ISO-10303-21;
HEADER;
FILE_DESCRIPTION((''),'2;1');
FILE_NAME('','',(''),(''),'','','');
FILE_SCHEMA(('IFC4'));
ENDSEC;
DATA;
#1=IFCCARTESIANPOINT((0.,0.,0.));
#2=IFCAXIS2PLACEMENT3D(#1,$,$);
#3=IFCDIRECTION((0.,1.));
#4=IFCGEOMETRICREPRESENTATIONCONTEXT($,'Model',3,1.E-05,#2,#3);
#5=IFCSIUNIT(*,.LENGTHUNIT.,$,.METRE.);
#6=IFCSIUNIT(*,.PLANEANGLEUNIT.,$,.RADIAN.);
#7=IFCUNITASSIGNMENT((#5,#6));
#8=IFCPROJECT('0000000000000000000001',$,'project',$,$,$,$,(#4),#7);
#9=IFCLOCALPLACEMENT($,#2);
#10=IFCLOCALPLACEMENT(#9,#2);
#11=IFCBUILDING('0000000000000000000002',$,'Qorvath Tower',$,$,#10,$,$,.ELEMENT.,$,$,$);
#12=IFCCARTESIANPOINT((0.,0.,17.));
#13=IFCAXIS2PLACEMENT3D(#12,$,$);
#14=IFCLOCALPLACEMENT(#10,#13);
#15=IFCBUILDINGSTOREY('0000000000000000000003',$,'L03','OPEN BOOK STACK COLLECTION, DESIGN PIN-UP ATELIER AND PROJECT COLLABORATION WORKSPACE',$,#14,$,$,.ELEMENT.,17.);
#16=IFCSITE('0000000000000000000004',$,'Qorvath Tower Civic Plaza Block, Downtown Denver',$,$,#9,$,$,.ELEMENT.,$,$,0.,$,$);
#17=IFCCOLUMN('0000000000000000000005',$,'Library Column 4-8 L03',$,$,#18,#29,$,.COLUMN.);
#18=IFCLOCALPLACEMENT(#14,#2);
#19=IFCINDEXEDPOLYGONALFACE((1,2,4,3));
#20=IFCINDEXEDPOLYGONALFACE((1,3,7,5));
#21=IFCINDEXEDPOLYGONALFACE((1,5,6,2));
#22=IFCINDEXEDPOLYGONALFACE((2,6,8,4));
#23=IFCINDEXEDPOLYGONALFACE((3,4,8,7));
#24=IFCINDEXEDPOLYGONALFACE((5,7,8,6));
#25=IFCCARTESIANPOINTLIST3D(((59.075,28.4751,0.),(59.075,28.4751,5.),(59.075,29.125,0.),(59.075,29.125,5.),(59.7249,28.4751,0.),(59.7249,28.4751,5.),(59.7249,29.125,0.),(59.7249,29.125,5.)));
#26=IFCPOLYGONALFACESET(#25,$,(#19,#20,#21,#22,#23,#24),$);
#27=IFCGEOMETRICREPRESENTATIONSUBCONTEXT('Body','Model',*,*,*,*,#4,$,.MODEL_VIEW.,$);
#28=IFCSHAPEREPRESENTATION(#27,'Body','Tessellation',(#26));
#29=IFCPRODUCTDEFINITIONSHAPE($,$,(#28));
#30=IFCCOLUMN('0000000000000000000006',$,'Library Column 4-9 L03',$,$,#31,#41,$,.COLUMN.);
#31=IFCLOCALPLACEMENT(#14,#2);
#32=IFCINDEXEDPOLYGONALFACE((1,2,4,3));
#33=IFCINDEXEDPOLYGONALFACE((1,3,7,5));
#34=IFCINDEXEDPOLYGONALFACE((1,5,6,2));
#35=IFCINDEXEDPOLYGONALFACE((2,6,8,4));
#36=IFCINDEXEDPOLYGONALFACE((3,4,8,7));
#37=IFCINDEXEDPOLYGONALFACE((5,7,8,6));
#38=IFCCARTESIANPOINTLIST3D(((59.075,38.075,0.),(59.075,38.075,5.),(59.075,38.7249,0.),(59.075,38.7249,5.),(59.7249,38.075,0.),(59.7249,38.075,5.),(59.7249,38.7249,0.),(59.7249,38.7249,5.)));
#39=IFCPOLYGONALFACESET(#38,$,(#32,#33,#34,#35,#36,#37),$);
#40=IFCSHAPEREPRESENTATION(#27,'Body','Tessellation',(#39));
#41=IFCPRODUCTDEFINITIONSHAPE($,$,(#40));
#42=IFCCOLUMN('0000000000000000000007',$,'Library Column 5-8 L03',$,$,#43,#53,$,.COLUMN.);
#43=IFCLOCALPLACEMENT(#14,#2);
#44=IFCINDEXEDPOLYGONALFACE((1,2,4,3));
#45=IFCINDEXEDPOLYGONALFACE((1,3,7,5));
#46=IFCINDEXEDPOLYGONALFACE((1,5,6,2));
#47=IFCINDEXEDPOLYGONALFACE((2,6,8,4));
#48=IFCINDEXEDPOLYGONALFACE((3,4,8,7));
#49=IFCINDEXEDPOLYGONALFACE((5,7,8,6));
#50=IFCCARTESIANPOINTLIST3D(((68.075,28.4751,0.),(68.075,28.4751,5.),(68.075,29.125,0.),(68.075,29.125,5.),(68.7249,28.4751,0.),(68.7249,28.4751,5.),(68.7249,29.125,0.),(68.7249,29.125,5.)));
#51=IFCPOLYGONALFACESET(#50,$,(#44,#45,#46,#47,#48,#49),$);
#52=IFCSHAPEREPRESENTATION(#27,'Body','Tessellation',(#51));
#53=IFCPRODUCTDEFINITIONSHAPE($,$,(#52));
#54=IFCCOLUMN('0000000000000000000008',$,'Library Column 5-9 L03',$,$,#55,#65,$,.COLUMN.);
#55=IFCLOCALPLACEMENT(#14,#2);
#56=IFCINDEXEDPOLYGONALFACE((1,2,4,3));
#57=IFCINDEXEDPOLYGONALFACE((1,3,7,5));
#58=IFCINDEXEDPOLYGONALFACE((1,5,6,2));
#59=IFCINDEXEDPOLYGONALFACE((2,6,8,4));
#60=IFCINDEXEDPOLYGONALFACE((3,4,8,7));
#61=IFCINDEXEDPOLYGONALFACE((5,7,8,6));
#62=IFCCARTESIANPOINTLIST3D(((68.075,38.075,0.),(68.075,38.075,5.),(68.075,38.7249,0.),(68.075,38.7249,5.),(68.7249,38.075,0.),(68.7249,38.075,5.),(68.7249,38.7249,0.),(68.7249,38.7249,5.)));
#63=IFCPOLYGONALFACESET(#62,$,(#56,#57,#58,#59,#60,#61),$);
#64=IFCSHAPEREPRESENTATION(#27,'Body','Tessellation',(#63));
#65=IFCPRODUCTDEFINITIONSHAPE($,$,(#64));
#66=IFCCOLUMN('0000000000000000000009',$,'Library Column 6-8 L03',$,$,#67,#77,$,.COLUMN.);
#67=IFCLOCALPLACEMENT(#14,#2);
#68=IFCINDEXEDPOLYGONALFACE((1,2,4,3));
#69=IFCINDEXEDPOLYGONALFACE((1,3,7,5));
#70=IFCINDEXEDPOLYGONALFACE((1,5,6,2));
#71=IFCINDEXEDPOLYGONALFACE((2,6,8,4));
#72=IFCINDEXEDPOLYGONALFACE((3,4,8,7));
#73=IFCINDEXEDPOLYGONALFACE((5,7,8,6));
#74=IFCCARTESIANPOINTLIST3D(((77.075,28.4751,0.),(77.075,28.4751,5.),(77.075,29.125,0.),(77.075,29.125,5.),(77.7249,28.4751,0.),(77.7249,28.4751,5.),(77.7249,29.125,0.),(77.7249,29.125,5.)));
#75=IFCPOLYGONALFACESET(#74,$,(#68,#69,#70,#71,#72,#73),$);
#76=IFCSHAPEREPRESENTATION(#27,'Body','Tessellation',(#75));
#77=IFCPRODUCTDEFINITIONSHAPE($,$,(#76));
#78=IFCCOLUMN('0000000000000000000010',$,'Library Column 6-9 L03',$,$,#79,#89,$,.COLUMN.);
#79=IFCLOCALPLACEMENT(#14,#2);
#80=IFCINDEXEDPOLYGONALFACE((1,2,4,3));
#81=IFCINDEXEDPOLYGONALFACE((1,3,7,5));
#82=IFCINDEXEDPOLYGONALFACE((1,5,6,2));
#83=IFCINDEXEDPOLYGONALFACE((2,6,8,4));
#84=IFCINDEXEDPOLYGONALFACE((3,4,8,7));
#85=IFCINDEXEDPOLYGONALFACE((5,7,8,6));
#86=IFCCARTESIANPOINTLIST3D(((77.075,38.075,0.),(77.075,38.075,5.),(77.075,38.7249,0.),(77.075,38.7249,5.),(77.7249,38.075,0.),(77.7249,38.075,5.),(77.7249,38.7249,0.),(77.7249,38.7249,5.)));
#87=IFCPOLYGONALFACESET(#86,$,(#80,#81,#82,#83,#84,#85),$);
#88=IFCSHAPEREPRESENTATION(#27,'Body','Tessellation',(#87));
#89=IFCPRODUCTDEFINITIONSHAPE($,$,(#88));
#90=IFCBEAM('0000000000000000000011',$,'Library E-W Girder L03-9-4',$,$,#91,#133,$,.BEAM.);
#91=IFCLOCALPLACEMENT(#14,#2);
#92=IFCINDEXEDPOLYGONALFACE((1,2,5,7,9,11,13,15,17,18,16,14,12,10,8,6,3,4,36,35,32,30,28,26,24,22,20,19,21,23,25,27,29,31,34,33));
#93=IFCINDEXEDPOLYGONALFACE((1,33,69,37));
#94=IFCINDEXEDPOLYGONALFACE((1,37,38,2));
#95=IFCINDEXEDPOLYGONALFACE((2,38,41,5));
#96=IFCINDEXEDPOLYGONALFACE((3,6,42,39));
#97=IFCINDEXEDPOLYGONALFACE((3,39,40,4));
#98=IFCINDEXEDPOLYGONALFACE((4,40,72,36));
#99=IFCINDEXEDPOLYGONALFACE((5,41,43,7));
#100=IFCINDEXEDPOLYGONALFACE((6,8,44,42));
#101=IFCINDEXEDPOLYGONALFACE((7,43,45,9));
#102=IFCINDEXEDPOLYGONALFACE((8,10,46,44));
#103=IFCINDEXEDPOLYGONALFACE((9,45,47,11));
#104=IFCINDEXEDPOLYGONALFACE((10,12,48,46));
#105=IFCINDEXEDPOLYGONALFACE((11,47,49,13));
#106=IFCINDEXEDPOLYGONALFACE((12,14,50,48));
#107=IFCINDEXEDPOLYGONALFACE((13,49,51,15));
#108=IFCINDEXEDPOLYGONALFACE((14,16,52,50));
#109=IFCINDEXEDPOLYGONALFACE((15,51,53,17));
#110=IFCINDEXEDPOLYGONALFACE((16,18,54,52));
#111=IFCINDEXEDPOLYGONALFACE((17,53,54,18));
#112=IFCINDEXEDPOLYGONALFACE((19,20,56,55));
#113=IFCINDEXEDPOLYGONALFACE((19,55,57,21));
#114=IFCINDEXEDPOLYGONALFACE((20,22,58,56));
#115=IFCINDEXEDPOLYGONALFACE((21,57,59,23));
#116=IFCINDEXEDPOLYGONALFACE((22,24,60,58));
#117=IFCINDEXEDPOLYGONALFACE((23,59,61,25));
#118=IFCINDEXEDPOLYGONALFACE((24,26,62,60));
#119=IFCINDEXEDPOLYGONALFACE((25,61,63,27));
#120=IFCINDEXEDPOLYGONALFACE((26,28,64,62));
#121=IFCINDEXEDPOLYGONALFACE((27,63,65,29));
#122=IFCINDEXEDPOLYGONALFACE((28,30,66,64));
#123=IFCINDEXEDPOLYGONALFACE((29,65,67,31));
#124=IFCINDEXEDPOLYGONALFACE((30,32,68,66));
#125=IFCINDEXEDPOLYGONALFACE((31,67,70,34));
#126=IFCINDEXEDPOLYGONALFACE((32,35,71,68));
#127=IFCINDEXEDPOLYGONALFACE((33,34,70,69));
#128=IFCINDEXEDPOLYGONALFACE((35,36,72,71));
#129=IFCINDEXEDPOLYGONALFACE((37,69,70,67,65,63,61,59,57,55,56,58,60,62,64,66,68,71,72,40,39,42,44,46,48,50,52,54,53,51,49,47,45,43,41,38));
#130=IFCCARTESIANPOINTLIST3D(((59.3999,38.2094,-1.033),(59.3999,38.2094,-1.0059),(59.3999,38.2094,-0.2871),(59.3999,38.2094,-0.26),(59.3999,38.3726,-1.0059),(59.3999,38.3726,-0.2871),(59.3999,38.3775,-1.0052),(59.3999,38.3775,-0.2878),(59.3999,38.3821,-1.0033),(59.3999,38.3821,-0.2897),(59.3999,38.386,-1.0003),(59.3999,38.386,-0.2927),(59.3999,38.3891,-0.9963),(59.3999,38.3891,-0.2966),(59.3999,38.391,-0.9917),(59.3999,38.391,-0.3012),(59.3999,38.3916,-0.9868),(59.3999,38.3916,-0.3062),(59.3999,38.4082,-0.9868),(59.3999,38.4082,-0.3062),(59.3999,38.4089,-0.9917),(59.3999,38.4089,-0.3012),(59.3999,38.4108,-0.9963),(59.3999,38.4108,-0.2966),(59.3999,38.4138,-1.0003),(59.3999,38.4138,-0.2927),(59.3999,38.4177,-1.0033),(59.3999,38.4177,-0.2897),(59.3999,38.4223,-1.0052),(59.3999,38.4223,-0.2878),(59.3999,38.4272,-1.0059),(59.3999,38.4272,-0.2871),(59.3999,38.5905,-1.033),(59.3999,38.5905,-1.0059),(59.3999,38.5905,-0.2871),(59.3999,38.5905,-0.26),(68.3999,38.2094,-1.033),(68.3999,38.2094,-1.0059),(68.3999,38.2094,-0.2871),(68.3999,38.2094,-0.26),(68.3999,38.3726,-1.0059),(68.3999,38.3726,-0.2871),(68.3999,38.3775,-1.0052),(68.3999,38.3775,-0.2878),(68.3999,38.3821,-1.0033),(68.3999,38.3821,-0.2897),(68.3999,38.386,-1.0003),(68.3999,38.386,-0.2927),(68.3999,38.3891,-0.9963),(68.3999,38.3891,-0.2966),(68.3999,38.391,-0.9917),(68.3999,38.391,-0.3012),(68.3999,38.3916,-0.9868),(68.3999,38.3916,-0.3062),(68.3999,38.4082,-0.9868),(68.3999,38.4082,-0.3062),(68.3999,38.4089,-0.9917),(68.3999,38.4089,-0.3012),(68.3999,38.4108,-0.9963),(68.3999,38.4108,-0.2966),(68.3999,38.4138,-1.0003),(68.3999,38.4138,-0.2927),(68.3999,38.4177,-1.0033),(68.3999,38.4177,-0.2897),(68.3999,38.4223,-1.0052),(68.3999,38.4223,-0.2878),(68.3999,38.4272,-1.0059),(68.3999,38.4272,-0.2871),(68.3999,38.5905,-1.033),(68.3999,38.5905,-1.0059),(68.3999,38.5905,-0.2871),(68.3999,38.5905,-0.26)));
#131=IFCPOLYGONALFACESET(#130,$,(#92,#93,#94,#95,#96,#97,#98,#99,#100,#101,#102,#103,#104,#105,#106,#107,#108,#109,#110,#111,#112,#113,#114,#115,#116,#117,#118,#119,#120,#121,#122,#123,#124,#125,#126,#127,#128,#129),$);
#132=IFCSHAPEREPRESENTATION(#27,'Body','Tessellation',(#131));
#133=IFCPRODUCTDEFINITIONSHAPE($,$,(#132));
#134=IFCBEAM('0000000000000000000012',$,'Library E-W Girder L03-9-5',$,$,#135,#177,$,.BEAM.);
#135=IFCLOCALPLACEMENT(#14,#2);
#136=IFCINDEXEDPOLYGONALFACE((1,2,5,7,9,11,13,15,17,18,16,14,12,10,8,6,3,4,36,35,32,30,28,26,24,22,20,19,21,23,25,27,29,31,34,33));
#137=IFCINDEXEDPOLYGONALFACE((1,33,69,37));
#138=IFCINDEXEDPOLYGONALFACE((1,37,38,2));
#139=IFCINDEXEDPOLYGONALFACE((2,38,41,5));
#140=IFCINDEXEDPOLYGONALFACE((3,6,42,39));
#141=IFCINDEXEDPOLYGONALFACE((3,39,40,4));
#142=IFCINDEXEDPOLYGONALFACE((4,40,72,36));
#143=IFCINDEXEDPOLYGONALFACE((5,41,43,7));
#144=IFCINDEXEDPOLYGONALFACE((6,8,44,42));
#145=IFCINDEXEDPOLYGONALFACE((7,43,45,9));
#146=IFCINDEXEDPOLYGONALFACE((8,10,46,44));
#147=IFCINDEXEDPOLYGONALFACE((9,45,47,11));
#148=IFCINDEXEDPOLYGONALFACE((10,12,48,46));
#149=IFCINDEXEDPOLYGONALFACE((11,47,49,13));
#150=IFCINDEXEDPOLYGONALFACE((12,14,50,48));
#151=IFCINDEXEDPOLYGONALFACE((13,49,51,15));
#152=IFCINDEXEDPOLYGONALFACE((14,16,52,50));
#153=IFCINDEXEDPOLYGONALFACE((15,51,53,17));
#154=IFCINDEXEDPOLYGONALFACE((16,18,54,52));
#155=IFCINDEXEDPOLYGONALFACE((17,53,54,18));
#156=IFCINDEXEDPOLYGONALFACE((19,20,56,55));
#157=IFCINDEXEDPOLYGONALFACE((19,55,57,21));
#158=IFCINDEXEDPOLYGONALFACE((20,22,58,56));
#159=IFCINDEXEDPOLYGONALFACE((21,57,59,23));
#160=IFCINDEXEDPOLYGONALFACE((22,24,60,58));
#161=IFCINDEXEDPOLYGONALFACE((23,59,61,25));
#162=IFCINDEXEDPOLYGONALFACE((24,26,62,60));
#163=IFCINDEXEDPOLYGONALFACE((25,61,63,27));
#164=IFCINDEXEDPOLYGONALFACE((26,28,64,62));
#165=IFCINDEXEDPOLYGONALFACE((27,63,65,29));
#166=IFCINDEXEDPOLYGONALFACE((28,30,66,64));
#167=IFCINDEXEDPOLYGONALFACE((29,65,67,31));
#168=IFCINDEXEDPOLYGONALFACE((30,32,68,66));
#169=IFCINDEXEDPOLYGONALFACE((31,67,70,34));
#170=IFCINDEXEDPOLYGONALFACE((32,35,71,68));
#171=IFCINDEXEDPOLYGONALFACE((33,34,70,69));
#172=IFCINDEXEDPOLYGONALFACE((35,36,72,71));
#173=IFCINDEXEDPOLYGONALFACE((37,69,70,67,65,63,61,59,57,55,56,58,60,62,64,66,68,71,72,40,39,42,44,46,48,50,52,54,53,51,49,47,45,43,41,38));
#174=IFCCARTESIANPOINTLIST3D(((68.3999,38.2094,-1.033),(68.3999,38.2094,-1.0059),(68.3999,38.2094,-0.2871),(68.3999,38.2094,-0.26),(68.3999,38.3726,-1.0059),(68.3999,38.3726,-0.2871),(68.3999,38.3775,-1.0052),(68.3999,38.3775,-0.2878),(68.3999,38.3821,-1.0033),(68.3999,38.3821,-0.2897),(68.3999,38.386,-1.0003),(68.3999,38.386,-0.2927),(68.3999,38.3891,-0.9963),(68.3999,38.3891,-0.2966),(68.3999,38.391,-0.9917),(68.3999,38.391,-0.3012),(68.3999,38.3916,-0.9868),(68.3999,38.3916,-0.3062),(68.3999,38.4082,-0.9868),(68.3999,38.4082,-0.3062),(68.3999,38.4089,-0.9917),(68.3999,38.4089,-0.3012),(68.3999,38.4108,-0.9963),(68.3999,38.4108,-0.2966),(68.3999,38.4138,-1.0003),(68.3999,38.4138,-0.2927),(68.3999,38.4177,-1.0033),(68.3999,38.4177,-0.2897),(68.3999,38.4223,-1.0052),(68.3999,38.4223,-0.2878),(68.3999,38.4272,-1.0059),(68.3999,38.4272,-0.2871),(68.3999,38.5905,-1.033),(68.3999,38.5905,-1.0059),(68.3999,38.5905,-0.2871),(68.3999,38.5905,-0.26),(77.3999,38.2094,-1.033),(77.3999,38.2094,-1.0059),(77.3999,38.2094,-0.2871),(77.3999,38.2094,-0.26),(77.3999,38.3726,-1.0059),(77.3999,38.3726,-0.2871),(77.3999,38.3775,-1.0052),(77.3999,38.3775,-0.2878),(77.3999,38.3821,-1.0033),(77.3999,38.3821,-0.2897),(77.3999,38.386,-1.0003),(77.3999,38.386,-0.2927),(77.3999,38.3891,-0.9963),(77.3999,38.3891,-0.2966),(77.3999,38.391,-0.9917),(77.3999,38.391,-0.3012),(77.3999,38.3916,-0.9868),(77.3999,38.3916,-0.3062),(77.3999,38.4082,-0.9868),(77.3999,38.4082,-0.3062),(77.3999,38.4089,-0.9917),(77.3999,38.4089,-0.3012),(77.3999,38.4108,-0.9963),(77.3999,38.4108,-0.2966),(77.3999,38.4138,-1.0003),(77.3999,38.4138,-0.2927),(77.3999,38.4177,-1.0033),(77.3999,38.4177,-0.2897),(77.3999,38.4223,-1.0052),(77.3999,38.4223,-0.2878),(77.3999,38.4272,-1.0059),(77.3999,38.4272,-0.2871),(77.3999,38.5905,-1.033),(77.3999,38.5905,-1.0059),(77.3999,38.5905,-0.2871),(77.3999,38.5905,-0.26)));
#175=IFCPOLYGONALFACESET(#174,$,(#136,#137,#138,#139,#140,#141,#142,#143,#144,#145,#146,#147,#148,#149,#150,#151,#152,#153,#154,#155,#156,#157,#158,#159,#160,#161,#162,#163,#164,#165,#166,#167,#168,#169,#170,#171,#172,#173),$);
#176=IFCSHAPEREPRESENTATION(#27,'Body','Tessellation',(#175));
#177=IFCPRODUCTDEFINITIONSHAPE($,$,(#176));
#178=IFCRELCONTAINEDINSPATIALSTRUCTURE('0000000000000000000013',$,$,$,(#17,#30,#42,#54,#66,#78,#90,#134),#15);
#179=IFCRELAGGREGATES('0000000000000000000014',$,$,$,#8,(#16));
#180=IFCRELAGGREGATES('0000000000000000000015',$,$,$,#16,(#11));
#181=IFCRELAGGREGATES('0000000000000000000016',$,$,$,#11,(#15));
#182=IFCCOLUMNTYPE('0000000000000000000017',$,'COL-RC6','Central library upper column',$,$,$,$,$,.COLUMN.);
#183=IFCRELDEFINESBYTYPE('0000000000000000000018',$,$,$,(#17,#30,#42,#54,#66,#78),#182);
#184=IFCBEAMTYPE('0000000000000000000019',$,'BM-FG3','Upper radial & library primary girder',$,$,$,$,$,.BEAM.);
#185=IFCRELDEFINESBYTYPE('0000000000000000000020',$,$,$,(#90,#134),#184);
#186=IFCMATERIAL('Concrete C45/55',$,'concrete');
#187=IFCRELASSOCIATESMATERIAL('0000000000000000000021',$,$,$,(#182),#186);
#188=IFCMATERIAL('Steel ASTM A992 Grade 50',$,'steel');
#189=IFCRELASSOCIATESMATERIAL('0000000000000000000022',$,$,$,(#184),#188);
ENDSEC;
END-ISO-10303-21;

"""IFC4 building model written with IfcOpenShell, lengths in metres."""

from ifc_helpers import new_model, si_unit, direction, frame, origin, origin_2d, place, context, subcontext, project, spatial, rectangle, i_section, extrude, material, material_profile, profile_set, type_object, element, save


model = new_model("IFC4")

# Units and contexts
model_context = context("Model", 3, precision=1e-05, world=origin(), true_north=direction((0.0, 1.0)))
body_context = subcontext(model_context, "Body", "Model", "MODEL_VIEW")
ifc_project = project(units=[si_unit("LENGTHUNIT", "METRE"), si_unit("PLANEANGLEUNIT", "RADIAN")], contexts=[model_context])

# Site, building, storey
site_placement = place(None, origin())
site = spatial("IfcSite", under=ifc_project, at=site_placement, Name="Qorvath Tower Civic Plaza Block, Downtown Denver", CompositionType="ELEMENT", RefElevation=0.0)
building_placement = place(site_placement, origin())
building = spatial("IfcBuilding", under=site, at=building_placement, Name="Qorvath Tower", CompositionType="ELEMENT")
storey_placement = place(building_placement, frame((0.0, 0.0, 17.0)))
storey = spatial("IfcBuildingStorey", under=building, at=storey_placement, Name="L03", Description="OPEN BOOK STACK COLLECTION, DESIGN PIN-UP ATELIER AND PROJECT COLLABORATION WORKSPACE", CompositionType="ELEMENT", Elevation=17.0)

# Columns
ifc_material_1 = material(Name="Concrete C45/55", Category="concrete")
ifc_material_profile_1 = material_profile(ifc_material_1, rectangle(XDim=0.6499, YDim=0.6499, at=origin_2d()), Name="RC 650x650")
ifc_profile_set_1 = profile_set([ifc_material_profile_1], Name="Concrete C45/55")
column_type = type_object("IfcColumnType", Name="COL-RC6", Description="Central library upper column", PredefinedType="COLUMN", material=ifc_profile_set_1)
for number, where, z_axis, x_axis, name in (
    (1, (59.3999, 28.8, 0.0), (0.0, 0.0, 1.0), (1.0, 0.0, 0.0), "Library Column 4-8 L03"),
    (2, (59.3999, 38.3999, 0.0), (0.0, 0.0, 1.0), (1.0, 0.0, 0.0), "Library Column 4-9 L03"),
    (3, (68.3999, 28.8, 0.0), (0.0, 0.0, 1.0), (1.0, 0.0, 0.0), "Library Column 5-8 L03"),
    (4, (68.3999, 38.3999, 0.0), (0.0, 0.0, 1.0), (1.0, 0.0, 0.0), "Library Column 5-9 L03"),
    (5, (77.3999, 28.8, 0.0), (0.0, 0.0, 1.0), (1.0, 0.0, 0.0), "Library Column 6-8 L03"),
    (6, (77.3999, 38.3999, 0.0), (0.0, 0.0, 1.0), (1.0, 0.0, 0.0), "Library Column 6-9 L03"),
):
    element("IfcColumn", number, at=place(storey_placement, frame(where, z_axis=z_axis, x_axis=x_axis)), inside=storey, type_object=column_type, Name=name, PredefinedType="COLUMN", context=body_context, shape_type="SweptSolid", body=[
        extrude(rectangle(XDim=0.6499, YDim=0.6499, at=origin_2d()), origin(), (0.0, 0.0, 1.0), 5.0),
    ])

# Beams
ifc_material_2 = material(Name="Steel ASTM A992 Grade 50", Category="steel")
ifc_material_profile_2 = material_profile(ifc_material_2, i_section(OverallWidth=0.3811, OverallDepth=0.7729, WebThickness=0.0166, FlangeThickness=0.0271, FilletRadius=0.019, at=origin_2d()), Name="W30x173")
ifc_profile_set_2 = profile_set([ifc_material_profile_2], Name="Steel ASTM A992 Grade 50")
beam_type_1 = type_object("IfcBeamType", Name="BM-FG3", Description="Upper radial & library primary girder", PredefinedType="BEAM", material=ifc_profile_set_2)
for number, where, z_axis, x_axis, name in (
    (7, (59.3999, 38.3999, -0.6465), (1.0, 0.0, 0.0), (0.0, 1.0, 0.0), "Library E-W Girder L03-9-4"),
    (8, (68.3999, 38.3999, -0.6465), (1.0, 0.0, 0.0), (0.0, 1.0, 0.0), "Library E-W Girder L03-9-5"),
):
    element("IfcBeam", number, at=place(storey_placement, frame(where, z_axis=z_axis, x_axis=x_axis)), inside=storey, type_object=beam_type_1, Name=name, PredefinedType="BEAM", context=body_context, shape_type="SweptSolid", body=[
        extrude(i_section(OverallWidth=0.3811, OverallDepth=0.7729, WebThickness=0.0166, FlangeThickness=0.0271, FilletRadius=0.019, at=origin_2d()), origin(), (0.0, 0.0, 1.0), 9.0),
    ])

save(model, "model.ifc")
